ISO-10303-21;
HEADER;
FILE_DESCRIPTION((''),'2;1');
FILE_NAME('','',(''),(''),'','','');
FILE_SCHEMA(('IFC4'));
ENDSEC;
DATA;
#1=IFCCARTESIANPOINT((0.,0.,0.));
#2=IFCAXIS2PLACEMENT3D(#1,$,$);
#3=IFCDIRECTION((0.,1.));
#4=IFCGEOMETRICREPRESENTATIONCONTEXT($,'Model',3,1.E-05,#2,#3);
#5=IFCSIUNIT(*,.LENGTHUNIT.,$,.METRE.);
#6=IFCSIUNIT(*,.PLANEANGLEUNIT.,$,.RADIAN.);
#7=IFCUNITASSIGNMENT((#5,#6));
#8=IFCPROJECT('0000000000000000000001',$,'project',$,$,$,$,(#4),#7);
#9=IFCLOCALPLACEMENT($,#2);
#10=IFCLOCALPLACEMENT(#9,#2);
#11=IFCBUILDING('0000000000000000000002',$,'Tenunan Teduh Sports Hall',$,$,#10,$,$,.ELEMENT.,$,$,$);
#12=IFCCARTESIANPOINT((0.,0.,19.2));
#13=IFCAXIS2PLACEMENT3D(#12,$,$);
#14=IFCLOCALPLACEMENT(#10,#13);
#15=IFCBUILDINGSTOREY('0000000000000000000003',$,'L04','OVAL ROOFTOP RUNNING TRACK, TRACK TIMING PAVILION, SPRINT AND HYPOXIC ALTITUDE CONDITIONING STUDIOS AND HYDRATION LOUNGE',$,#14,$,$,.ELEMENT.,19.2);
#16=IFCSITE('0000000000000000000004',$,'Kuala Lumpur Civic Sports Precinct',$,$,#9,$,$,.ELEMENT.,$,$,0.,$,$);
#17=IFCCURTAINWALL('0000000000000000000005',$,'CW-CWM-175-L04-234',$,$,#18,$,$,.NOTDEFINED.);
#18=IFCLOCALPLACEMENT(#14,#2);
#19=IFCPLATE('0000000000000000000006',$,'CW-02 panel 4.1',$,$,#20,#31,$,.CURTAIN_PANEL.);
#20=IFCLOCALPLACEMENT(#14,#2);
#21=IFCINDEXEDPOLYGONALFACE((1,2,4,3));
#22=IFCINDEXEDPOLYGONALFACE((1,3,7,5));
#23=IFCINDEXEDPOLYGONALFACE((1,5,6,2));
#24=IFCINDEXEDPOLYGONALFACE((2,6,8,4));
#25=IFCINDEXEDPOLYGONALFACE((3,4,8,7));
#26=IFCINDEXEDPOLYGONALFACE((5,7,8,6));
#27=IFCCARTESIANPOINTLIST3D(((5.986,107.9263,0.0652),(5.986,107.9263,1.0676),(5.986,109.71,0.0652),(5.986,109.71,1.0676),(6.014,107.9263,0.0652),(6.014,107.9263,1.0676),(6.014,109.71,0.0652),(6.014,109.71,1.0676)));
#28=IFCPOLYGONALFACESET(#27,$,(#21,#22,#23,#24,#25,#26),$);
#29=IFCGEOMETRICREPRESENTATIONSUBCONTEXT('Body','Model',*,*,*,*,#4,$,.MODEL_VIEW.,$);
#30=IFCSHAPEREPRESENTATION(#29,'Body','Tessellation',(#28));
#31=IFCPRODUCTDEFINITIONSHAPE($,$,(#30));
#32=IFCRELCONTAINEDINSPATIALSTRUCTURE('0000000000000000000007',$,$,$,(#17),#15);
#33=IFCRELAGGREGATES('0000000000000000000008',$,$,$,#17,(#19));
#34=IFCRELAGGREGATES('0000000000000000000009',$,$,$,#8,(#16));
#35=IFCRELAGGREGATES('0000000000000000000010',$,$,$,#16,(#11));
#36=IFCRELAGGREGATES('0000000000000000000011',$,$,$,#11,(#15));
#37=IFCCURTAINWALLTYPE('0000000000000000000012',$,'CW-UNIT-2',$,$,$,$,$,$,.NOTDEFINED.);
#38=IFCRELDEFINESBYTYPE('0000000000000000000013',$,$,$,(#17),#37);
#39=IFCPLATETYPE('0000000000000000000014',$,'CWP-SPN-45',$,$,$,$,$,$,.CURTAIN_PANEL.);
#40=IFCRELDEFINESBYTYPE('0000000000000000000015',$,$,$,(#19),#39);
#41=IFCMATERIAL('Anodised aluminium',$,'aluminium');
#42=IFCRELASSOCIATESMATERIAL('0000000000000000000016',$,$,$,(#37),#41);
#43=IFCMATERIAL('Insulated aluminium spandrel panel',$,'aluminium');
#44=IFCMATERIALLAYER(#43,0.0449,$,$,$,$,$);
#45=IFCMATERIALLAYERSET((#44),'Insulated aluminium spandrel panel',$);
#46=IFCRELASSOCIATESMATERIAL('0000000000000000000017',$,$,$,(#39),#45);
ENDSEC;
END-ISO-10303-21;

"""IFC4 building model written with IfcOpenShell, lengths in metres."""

from ifc_helpers import new_model, si_unit, direction, frame, origin, origin_2d, place, context, subcontext, project, spatial, rectangle, extrude, material, layer, layer_set, type_object, element, aggregate, save


model = new_model("IFC4")

# Units and contexts
model_context = context("Model", 3, precision=1e-05, world=origin(), true_north=direction((0.0, 1.0)))
body_context = subcontext(model_context, "Body", "Model", "MODEL_VIEW")
ifc_project = project(units=[si_unit("LENGTHUNIT", "METRE"), si_unit("PLANEANGLEUNIT", "RADIAN")], contexts=[model_context])

# Site, building, storey
site_placement = place(None, origin())
site = spatial("IfcSite", under=ifc_project, at=site_placement, Name="Kuala Lumpur Civic Sports Precinct", CompositionType="ELEMENT", RefElevation=0.0)
building_placement = place(site_placement, origin())
building = spatial("IfcBuilding", under=site, at=building_placement, Name="Tenunan Teduh Sports Hall", CompositionType="ELEMENT")
storey_placement = place(building_placement, frame((0.0, 0.0, 19.2)))
storey = spatial("IfcBuildingStorey", under=building, at=storey_placement, Name="L04", Description="OVAL ROOFTOP RUNNING TRACK, TRACK TIMING PAVILION, SPRINT AND HYPOXIC ALTITUDE CONDITIONING STUDIOS AND HYDRATION LOUNGE", CompositionType="ELEMENT", Elevation=19.2)

# Curtain wall
ifc_material_1 = material(Name="Anodised aluminium", Category="aluminium")
curtain_wall_type = type_object("IfcCurtainWallType", Name="CW-UNIT-2", PredefinedType="NOTDEFINED", material=ifc_material_1)
curtain_wall_1_placement = place(storey_placement, origin())
curtain_wall_1 = element("IfcCurtainWall", 1, at=curtain_wall_1_placement, inside=storey, type_object=curtain_wall_type, Name="CW-CWM-175-L04-234", PredefinedType="NOTDEFINED")

# Plate
ifc_material_2 = material(Name="Insulated aluminium spandrel panel", Category="aluminium")
ifc_layer_1 = layer(ifc_material_2, 0.0449)
ifc_layer_set_1 = layer_set([ifc_layer_1], Name="Insulated aluminium spandrel panel")
plate_type_1 = type_object("IfcPlateType", Name="CWP-SPN-45", PredefinedType="CURTAIN_PANEL", material=ifc_layer_set_1)
plate_1_placement = place(storey_placement, frame((6.0, 108.8181, 0.0652), z_axis=(0.0, 0.0, 1.0), x_axis=(0.0, 1.0, 0.0)))
plate_1 = element("IfcPlate", 2, at=plate_1_placement, type_object=plate_type_1, Name="CW-02 panel 4.1", PredefinedType="CURTAIN_PANEL", context=body_context, shape_type="SweptSolid", body=[
    extrude(rectangle(XDim=1.7837, YDim=0.0281, at=origin_2d()), origin(), (0.0, 0.0, 1.0), 1.0024),
])
aggregate(curtain_wall_1, [plate_1])

save(model, "model.ifc")
